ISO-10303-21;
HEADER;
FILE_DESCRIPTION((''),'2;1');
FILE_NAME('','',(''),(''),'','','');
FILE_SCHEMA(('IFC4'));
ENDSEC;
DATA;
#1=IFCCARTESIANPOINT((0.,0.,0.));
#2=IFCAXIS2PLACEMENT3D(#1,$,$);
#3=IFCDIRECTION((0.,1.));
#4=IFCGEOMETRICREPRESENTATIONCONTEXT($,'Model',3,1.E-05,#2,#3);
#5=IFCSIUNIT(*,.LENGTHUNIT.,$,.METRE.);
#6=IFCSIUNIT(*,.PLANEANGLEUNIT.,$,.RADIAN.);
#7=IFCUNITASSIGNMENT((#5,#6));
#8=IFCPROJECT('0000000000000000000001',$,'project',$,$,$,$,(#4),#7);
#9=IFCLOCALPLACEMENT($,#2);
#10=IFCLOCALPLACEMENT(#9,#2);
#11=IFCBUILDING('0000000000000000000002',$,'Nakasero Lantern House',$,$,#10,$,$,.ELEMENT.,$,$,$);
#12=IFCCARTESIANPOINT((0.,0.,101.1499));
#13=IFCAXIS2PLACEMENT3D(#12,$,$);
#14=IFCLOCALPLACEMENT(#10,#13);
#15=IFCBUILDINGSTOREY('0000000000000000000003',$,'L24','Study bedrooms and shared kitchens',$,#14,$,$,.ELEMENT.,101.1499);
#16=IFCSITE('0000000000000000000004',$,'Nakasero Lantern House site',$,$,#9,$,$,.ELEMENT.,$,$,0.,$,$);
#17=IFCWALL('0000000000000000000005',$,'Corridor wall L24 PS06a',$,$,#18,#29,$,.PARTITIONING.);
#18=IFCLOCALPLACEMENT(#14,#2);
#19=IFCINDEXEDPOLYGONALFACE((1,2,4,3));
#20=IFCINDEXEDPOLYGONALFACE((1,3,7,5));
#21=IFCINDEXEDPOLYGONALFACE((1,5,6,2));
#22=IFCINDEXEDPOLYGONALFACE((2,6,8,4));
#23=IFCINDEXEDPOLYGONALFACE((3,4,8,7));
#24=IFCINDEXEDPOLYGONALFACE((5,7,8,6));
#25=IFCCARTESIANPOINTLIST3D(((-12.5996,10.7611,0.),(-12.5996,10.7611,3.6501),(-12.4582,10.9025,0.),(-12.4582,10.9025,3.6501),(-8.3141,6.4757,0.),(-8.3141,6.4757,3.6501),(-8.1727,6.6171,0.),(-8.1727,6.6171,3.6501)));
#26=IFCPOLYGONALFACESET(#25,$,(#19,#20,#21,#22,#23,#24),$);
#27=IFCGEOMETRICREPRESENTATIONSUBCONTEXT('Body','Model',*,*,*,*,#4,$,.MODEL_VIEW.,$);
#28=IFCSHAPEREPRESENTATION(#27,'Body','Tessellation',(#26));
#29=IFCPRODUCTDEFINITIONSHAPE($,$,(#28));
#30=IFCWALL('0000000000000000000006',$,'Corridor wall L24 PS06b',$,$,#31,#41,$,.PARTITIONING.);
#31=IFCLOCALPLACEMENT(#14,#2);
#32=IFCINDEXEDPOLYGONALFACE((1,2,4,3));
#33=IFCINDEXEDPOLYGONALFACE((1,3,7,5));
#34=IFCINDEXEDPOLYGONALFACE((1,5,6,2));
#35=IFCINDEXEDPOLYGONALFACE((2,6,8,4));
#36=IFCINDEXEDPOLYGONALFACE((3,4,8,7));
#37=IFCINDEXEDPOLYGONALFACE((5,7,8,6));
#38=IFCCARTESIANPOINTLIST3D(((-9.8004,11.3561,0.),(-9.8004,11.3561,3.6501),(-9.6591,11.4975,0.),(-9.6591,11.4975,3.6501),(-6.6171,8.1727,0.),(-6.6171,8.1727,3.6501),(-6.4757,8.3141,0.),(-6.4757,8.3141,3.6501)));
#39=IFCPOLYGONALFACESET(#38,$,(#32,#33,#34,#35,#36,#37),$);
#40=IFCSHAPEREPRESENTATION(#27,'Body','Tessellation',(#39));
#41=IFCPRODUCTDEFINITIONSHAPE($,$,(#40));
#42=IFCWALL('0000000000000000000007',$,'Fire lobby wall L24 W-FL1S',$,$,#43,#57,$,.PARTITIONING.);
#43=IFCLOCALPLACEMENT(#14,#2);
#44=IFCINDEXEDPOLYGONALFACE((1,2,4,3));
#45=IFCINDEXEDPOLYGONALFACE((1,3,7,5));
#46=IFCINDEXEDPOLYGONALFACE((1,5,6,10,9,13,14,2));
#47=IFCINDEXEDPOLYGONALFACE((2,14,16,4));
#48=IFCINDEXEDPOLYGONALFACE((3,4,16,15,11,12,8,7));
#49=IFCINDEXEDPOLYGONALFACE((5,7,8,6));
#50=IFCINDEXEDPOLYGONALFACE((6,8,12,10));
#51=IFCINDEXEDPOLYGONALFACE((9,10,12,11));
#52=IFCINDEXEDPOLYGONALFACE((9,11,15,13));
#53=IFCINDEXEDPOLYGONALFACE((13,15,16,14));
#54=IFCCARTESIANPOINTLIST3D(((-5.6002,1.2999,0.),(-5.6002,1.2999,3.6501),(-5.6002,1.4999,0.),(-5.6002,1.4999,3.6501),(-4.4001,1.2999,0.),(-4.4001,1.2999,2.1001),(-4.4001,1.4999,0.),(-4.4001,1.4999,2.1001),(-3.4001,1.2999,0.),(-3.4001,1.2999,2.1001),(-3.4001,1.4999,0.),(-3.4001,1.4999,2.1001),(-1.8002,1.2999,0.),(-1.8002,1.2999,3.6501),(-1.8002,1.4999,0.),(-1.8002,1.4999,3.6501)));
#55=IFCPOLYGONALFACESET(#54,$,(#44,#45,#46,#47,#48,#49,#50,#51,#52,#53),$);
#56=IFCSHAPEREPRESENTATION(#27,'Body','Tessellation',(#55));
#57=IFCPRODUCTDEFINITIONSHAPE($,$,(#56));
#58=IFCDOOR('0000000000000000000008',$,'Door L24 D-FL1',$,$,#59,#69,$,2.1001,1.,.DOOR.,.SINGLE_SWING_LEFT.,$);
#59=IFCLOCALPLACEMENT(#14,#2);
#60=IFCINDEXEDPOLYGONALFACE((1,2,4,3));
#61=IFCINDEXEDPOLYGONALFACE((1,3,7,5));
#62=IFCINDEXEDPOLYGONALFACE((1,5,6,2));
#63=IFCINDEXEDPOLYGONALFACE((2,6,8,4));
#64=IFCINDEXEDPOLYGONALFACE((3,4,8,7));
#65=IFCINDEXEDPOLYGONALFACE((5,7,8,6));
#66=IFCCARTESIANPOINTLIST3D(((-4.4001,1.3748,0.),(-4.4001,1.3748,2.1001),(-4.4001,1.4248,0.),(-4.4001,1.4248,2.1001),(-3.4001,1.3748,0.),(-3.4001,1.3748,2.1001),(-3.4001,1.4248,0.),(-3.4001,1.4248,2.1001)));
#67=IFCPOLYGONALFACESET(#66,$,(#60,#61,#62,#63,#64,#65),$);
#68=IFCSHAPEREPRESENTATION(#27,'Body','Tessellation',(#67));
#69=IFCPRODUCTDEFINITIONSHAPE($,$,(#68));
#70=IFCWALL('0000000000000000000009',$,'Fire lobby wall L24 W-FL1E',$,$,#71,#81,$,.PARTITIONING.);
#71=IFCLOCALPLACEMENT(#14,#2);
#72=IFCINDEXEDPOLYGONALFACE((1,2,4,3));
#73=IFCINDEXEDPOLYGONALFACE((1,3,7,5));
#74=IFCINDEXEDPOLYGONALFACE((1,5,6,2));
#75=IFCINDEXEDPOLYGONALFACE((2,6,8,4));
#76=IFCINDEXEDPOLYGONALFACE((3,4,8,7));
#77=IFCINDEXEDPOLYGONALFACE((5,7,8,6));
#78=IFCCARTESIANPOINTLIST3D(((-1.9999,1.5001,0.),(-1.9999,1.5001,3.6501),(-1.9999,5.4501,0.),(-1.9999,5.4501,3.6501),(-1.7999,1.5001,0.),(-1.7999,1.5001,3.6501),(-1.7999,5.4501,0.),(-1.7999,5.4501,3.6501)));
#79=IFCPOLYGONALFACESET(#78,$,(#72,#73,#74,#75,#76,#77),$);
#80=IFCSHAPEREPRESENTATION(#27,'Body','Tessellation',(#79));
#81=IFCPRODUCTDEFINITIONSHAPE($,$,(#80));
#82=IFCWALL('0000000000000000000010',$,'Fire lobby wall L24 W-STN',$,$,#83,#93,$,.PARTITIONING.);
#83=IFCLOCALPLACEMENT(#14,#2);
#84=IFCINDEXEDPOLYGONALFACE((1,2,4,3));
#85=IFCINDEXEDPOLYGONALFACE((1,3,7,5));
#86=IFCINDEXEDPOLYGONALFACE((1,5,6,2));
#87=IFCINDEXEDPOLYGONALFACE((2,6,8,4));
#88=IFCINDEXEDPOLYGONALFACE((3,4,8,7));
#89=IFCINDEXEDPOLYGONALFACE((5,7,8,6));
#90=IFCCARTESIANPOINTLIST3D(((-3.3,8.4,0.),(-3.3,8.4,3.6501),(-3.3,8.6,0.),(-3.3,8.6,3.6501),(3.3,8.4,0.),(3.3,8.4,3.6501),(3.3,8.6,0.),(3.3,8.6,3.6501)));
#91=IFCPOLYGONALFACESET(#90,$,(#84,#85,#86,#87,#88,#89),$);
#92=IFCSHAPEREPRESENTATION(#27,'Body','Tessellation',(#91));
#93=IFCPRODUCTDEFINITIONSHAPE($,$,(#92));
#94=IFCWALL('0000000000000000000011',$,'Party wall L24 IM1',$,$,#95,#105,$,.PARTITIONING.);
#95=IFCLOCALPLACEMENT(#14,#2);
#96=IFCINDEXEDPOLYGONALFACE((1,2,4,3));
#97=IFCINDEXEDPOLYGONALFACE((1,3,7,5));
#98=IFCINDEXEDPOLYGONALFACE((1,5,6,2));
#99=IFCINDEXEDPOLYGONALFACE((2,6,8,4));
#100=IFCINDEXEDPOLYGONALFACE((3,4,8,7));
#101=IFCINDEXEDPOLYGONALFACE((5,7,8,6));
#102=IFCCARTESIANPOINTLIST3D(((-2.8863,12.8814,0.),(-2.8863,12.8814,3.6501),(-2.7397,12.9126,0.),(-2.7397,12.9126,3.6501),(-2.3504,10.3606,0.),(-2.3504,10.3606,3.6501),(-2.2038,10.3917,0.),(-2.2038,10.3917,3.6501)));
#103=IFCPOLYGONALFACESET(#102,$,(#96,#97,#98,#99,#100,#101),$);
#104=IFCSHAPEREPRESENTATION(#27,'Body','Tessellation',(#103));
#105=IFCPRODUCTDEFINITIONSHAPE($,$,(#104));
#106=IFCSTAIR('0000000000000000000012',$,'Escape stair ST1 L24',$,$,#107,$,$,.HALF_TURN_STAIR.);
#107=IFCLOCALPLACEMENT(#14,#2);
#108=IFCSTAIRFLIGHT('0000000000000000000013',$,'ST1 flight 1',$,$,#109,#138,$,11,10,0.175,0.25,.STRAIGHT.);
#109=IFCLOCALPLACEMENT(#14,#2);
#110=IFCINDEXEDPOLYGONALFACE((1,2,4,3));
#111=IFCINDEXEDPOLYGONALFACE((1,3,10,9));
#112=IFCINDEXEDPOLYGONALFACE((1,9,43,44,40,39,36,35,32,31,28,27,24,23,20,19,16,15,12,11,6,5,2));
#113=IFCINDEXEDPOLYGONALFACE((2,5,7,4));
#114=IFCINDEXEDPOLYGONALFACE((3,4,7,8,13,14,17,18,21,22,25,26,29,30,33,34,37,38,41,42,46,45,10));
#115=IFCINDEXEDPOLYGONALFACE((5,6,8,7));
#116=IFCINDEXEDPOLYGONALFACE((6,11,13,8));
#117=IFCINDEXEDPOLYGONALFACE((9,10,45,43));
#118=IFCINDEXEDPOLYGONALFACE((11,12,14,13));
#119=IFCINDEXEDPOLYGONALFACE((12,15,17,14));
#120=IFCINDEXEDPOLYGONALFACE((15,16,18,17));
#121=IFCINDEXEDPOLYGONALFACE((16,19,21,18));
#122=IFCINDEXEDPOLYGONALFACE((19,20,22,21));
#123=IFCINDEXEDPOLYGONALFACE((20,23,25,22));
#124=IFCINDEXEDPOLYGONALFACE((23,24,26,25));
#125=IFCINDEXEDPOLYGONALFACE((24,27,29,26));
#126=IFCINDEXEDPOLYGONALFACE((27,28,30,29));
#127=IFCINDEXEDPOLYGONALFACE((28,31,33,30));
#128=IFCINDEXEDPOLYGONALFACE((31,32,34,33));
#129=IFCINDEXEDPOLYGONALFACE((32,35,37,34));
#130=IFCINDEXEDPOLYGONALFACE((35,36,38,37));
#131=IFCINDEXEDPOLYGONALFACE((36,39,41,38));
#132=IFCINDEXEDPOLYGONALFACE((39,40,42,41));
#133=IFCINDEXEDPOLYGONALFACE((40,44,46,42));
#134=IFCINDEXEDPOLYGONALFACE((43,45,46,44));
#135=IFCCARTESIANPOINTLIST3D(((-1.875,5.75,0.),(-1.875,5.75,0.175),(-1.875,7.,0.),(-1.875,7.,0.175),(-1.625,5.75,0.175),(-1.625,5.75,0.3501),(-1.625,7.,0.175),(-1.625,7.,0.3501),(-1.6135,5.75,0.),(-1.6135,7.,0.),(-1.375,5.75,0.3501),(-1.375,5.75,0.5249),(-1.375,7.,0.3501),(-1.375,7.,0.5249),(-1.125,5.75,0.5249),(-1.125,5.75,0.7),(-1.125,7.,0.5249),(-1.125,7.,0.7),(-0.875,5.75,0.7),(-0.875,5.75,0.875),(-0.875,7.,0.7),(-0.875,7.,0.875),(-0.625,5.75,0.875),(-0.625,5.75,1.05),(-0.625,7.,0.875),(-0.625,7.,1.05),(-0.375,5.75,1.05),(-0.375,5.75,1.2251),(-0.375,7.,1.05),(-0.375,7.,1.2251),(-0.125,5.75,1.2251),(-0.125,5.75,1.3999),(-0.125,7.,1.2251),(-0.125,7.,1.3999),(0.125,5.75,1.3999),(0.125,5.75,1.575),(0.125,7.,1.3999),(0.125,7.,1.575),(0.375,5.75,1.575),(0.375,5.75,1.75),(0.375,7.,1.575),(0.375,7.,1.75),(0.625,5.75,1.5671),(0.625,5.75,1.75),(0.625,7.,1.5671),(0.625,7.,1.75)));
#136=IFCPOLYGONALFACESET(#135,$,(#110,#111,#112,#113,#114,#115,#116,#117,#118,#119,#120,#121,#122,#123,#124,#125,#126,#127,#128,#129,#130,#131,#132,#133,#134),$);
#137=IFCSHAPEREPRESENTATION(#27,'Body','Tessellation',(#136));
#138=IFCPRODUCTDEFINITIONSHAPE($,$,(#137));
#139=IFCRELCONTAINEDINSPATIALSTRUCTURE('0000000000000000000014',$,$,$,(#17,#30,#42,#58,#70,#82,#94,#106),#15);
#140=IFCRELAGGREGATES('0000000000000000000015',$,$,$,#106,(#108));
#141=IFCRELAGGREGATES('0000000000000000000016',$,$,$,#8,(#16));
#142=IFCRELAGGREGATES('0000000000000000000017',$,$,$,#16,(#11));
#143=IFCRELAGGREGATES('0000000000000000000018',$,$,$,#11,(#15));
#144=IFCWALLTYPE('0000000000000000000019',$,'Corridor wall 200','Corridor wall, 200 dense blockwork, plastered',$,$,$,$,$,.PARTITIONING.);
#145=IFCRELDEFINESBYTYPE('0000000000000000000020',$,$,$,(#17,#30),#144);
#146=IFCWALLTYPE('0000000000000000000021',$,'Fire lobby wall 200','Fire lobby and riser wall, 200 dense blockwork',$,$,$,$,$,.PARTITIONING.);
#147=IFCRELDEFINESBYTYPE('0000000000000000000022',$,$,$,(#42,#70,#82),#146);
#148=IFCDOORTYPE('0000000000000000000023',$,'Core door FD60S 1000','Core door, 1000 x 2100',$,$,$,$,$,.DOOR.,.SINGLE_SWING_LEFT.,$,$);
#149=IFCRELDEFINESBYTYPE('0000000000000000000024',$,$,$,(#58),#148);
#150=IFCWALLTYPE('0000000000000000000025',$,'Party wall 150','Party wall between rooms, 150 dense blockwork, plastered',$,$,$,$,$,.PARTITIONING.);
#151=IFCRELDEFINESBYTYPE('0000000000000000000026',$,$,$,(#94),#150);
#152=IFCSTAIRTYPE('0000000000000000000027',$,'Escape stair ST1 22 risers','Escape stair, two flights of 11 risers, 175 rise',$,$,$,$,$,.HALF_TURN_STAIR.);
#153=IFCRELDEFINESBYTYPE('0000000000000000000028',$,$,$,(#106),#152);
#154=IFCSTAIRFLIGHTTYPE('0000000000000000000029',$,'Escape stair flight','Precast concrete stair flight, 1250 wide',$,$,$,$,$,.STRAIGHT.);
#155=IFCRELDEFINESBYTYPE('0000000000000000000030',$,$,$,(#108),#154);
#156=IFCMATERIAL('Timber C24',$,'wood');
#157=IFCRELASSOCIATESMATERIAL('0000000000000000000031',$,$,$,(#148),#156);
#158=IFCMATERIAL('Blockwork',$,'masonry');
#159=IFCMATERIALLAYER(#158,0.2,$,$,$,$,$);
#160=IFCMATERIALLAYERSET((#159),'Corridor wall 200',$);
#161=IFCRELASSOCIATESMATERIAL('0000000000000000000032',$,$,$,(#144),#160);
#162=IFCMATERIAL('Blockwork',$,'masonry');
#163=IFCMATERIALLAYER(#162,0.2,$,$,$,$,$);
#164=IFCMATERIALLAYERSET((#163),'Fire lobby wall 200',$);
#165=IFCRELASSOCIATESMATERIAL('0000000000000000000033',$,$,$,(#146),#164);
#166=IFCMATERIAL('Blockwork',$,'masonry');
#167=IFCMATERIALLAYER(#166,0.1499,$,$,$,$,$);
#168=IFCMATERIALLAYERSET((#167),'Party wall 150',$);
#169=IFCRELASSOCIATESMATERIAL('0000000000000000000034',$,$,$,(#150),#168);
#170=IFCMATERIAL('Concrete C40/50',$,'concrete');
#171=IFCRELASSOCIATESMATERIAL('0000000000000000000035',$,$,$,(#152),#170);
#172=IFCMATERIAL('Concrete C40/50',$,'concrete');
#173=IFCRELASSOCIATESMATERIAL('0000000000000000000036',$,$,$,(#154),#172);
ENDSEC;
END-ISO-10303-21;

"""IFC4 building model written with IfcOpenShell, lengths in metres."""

from ifc_helpers import new_model, si_unit, direction, frame, frame_2d, origin, place, context, subcontext, project, spatial, polyline, rectangle, outline, extrude, material, layer, layer_set, type_object, element, fill, aggregate, save


model = new_model("IFC4")

# Units and contexts
model_context = context("Model", 3, precision=1e-05, world=origin(), true_north=direction((0.0, 1.0)))
body_context = subcontext(model_context, "Body", "Model", "MODEL_VIEW")
ifc_project = project(units=[si_unit("LENGTHUNIT", "METRE"), si_unit("PLANEANGLEUNIT", "RADIAN")], contexts=[model_context])

# Site, building, storey
site_placement = place(None, origin())
site = spatial("IfcSite", under=ifc_project, at=site_placement, Name="Nakasero Lantern House site", CompositionType="ELEMENT", RefElevation=0.0)
building_placement = place(site_placement, origin())
building = spatial("IfcBuilding", under=site, at=building_placement, Name="Nakasero Lantern House", CompositionType="ELEMENT")
storey_placement = place(building_placement, frame((0.0, 0.0, 101.1499)))
storey = spatial("IfcBuildingStorey", under=building, at=storey_placement, Name="L24", Description="Study bedrooms and shared kitchens", CompositionType="ELEMENT", Elevation=101.1499)

# Shared definitions
ifc_material_1 = material(Name="Timber C24", Category="wood")
door_type_1 = type_object("IfcDoorType", Name="Core door FD60S 1000", Description="Core door, 1000 x 2100", OperationType="SINGLE_SWING_LEFT", PredefinedType="DOOR", material=ifc_material_1)

# Walls
ifc_material_2 = material(Name="Blockwork", Category="masonry")
ifc_layer_1 = layer(ifc_material_2, 0.2)
ifc_layer_set_1 = layer_set([ifc_layer_1], Name="Corridor wall 200")
wall_type_1 = type_object("IfcWallType", Name="Corridor wall 200", Description="Corridor wall, 200 dense blockwork, plastered", PredefinedType="PARTITIONING", material=ifc_layer_set_1)
wall_1_placement = place(storey_placement, frame((-8.2434, 6.5464, 0.0), z_axis=(0.0, 0.0, 1.0), x_axis=(-0.707107, 0.707107, 0.0)))
element("IfcWall", 1, at=wall_1_placement, inside=storey, type_object=wall_type_1, Name="Corridor wall L24 PS06a", PredefinedType="PARTITIONING", context=body_context, shape_type="SweptSolid", body=[
    extrude(rectangle(XDim=6.0605, YDim=0.2, at=frame_2d((3.0303, 0.0))), origin(), (0.0, 0.0, 1.0), 3.6501),
])
wall_2_placement = place(storey_placement, frame((-6.5464, 8.2434, 0.0), z_axis=(0.0, 0.0, 1.0), x_axis=(-0.707107, 0.707107, 0.0)))
element("IfcWall", 2, at=wall_2_placement, inside=storey, type_object=wall_type_1, Name="Corridor wall L24 PS06b", PredefinedType="PARTITIONING", context=body_context, shape_type="SweptSolid", body=[
    extrude(rectangle(XDim=4.502, YDim=0.2, at=frame_2d((2.251, 0.0))), origin(), (0.0, 0.0, 1.0), 3.6501),
])

# Wall, opening, door
ifc_material_3 = material(Name="Blockwork", Category="masonry")
ifc_layer_2 = layer(ifc_material_3, 0.2)
ifc_layer_set_2 = layer_set([ifc_layer_2], Name="Fire lobby wall 200")
wall_type_2 = type_object("IfcWallType", Name="Fire lobby wall 200", Description="Fire lobby and riser wall, 200 dense blockwork", PredefinedType="PARTITIONING", material=ifc_layer_set_2)
wall_3_placement = place(storey_placement, frame((-5.6001, 1.3999, 0.0), z_axis=(0.0, 0.0, 1.0), x_axis=(1.0, 0.0, 0.0)))
wall_3 = element("IfcWall", 3, at=wall_3_placement, inside=storey, type_object=wall_type_2, Name="Fire lobby wall L24 W-FL1S", PredefinedType="PARTITIONING", context=body_context, shape_type="SweptSolid", body=[
    extrude(rectangle(XDim=3.8, YDim=0.2, at=frame_2d((1.8999, 0.0))), origin(), (0.0, 0.0, 1.0), 3.6501),
])
opening_1_placement = place(wall_3_placement, frame((1.2, 0.0, 0.0)))
opening_1 = element("IfcOpeningElement", 4, at=opening_1_placement, cuts=wall_3, PredefinedType="OPENING", context=body_context, shape_type="SweptSolid", body=[
    extrude(rectangle(XDim=1.0, YDim=2.1001, at=frame_2d((0.5, 1.05))), frame((0.0, 0.1199, 0.0), z_axis=(0.0, -1.0, 0.0), x_axis=(1.0, 0.0, 0.0)), (0.0, 0.0, 1.0), 0.24),
])
door_1_placement = place(opening_1_placement, origin())
door_1 = element("IfcDoor", 5, at=door_1_placement, inside=storey, type_object=door_type_1, Name="Door L24 D-FL1", OperationType="SINGLE_SWING_LEFT", OverallHeight=2.1001, OverallWidth=1.0, PredefinedType="DOOR", context=body_context, shape_type="SweptSolid", body=[
    extrude(rectangle(XDim=1.0, YDim=2.1001, at=frame_2d((0.5, 1.05))), frame((0.0, 0.0249, 0.0), z_axis=(0.0, -1.0, 0.0), x_axis=(1.0, 0.0, 0.0)), (0.0, 0.0, 1.0), 0.05),
])
fill(opening_1, door_1)

# Walls
wall_4_placement = place(storey_placement, frame((-1.8999, 1.5, 0.0), z_axis=(0.0, 0.0, 1.0), x_axis=(0.0, 1.0, 0.0)))
element("IfcWall", 6, at=wall_4_placement, inside=storey, type_object=wall_type_2, Name="Fire lobby wall L24 W-FL1E", PredefinedType="PARTITIONING", context=body_context, shape_type="SweptSolid", body=[
    extrude(rectangle(XDim=3.95, YDim=0.2, at=frame_2d((1.9751, 0.0))), origin(), (0.0, 0.0, 1.0), 3.6501),
])
wall_5_placement = place(storey_placement, frame((-3.3, 8.5, 0.0), z_axis=(0.0, 0.0, 1.0), x_axis=(1.0, 0.0, 0.0)))
element("IfcWall", 7, at=wall_5_placement, inside=storey, type_object=wall_type_2, Name="Fire lobby wall L24 W-STN", PredefinedType="PARTITIONING", context=body_context, shape_type="SweptSolid", body=[
    extrude(rectangle(XDim=6.6001, YDim=0.2, at=frame_2d((3.3, 0.0))), origin(), (0.0, 0.0, 1.0), 3.6501),
])
ifc_material_4 = material(Name="Blockwork", Category="masonry")
ifc_layer_3 = layer(ifc_material_4, 0.1499)
ifc_layer_set_3 = layer_set([ifc_layer_3], Name="Party wall 150")
wall_type_3 = type_object("IfcWallType", Name="Party wall 150", Description="Party wall between rooms, 150 dense blockwork, plastered", PredefinedType="PARTITIONING", material=ifc_layer_set_3)
wall_6_placement = place(storey_placement, frame((-2.813, 12.897, 0.0), z_axis=(0.0, 0.0, 1.0), x_axis=(0.207944, -0.978141, 0.0)))
element("IfcWall", 8, at=wall_6_placement, inside=storey, type_object=wall_type_3, Name="Party wall L24 IM1", PredefinedType="PARTITIONING", context=body_context, shape_type="SweptSolid", body=[
    extrude(rectangle(XDim=2.5771, YDim=0.1499, at=frame_2d((1.2886, 0.0))), origin(), (0.0, 0.0, 1.0), 3.6501),
])

# Stair, stair flight
ifc_material_5 = material(Name="Concrete C40/50", Category="concrete")
stair_type = type_object("IfcStairType", Name="Escape stair ST1 22 risers", Description="Escape stair, two flights of 11 risers, 175 rise", PredefinedType="HALF_TURN_STAIR", material=ifc_material_5)
stair_placement = place(storey_placement, origin())
stair = element("IfcStair", 9, at=stair_placement, inside=storey, type_object=stair_type, Name="Escape stair ST1 L24", PredefinedType="HALF_TURN_STAIR")
ifc_material_6 = material(Name="Concrete C40/50", Category="concrete")
stair_flight_type = type_object("IfcStairFlightType", Name="Escape stair flight", Description="Precast concrete stair flight, 1250 wide", PredefinedType="STRAIGHT", material=ifc_material_6)
stair_flight_placement = place(storey_placement, frame((-1.875, 6.375, 0.0), z_axis=(0.0, 0.0, 1.0), x_axis=(1.0, 0.0, 0.0)))
stair_flight = element("IfcStairFlight", 10, at=stair_flight_placement, type_object=stair_flight_type, Name="ST1 flight 1", NumberOfRisers=11, NumberOfTreads=10, PredefinedType="STRAIGHT", RiserHeight=0.175, TreadLength=0.25, context=body_context, shape_type="SweptSolid", body=[
    extrude(outline(polyline([(0.0, 0.0), (0.0, 0.175), (0.25, 0.175), (0.25, 0.3501), (0.5, 0.3501), (0.5, 0.5249), (0.75, 0.5249), (0.75, 0.7), (1.0, 0.7), (1.0, 0.875), (1.25, 0.875), (1.25, 1.05), (1.5, 1.05), (1.5, 1.2251), (1.75, 1.2251), (1.75, 1.3999), (2.0, 1.3999), (2.0, 1.575), (2.25, 1.575), (2.25, 1.75), (2.5, 1.75), (2.5, 1.925), (2.5, 1.5671), (0.2615, 0.0), (0.0, 0.0)])), frame((0.0, 0.625, 0.0), z_axis=(0.0, -1.0, 0.0), x_axis=(1.0, 0.0, 0.0)), (0.0, 0.0, 1.0), 1.25),
])
aggregate(stair, [stair_flight])

save(model, "model.ifc")
